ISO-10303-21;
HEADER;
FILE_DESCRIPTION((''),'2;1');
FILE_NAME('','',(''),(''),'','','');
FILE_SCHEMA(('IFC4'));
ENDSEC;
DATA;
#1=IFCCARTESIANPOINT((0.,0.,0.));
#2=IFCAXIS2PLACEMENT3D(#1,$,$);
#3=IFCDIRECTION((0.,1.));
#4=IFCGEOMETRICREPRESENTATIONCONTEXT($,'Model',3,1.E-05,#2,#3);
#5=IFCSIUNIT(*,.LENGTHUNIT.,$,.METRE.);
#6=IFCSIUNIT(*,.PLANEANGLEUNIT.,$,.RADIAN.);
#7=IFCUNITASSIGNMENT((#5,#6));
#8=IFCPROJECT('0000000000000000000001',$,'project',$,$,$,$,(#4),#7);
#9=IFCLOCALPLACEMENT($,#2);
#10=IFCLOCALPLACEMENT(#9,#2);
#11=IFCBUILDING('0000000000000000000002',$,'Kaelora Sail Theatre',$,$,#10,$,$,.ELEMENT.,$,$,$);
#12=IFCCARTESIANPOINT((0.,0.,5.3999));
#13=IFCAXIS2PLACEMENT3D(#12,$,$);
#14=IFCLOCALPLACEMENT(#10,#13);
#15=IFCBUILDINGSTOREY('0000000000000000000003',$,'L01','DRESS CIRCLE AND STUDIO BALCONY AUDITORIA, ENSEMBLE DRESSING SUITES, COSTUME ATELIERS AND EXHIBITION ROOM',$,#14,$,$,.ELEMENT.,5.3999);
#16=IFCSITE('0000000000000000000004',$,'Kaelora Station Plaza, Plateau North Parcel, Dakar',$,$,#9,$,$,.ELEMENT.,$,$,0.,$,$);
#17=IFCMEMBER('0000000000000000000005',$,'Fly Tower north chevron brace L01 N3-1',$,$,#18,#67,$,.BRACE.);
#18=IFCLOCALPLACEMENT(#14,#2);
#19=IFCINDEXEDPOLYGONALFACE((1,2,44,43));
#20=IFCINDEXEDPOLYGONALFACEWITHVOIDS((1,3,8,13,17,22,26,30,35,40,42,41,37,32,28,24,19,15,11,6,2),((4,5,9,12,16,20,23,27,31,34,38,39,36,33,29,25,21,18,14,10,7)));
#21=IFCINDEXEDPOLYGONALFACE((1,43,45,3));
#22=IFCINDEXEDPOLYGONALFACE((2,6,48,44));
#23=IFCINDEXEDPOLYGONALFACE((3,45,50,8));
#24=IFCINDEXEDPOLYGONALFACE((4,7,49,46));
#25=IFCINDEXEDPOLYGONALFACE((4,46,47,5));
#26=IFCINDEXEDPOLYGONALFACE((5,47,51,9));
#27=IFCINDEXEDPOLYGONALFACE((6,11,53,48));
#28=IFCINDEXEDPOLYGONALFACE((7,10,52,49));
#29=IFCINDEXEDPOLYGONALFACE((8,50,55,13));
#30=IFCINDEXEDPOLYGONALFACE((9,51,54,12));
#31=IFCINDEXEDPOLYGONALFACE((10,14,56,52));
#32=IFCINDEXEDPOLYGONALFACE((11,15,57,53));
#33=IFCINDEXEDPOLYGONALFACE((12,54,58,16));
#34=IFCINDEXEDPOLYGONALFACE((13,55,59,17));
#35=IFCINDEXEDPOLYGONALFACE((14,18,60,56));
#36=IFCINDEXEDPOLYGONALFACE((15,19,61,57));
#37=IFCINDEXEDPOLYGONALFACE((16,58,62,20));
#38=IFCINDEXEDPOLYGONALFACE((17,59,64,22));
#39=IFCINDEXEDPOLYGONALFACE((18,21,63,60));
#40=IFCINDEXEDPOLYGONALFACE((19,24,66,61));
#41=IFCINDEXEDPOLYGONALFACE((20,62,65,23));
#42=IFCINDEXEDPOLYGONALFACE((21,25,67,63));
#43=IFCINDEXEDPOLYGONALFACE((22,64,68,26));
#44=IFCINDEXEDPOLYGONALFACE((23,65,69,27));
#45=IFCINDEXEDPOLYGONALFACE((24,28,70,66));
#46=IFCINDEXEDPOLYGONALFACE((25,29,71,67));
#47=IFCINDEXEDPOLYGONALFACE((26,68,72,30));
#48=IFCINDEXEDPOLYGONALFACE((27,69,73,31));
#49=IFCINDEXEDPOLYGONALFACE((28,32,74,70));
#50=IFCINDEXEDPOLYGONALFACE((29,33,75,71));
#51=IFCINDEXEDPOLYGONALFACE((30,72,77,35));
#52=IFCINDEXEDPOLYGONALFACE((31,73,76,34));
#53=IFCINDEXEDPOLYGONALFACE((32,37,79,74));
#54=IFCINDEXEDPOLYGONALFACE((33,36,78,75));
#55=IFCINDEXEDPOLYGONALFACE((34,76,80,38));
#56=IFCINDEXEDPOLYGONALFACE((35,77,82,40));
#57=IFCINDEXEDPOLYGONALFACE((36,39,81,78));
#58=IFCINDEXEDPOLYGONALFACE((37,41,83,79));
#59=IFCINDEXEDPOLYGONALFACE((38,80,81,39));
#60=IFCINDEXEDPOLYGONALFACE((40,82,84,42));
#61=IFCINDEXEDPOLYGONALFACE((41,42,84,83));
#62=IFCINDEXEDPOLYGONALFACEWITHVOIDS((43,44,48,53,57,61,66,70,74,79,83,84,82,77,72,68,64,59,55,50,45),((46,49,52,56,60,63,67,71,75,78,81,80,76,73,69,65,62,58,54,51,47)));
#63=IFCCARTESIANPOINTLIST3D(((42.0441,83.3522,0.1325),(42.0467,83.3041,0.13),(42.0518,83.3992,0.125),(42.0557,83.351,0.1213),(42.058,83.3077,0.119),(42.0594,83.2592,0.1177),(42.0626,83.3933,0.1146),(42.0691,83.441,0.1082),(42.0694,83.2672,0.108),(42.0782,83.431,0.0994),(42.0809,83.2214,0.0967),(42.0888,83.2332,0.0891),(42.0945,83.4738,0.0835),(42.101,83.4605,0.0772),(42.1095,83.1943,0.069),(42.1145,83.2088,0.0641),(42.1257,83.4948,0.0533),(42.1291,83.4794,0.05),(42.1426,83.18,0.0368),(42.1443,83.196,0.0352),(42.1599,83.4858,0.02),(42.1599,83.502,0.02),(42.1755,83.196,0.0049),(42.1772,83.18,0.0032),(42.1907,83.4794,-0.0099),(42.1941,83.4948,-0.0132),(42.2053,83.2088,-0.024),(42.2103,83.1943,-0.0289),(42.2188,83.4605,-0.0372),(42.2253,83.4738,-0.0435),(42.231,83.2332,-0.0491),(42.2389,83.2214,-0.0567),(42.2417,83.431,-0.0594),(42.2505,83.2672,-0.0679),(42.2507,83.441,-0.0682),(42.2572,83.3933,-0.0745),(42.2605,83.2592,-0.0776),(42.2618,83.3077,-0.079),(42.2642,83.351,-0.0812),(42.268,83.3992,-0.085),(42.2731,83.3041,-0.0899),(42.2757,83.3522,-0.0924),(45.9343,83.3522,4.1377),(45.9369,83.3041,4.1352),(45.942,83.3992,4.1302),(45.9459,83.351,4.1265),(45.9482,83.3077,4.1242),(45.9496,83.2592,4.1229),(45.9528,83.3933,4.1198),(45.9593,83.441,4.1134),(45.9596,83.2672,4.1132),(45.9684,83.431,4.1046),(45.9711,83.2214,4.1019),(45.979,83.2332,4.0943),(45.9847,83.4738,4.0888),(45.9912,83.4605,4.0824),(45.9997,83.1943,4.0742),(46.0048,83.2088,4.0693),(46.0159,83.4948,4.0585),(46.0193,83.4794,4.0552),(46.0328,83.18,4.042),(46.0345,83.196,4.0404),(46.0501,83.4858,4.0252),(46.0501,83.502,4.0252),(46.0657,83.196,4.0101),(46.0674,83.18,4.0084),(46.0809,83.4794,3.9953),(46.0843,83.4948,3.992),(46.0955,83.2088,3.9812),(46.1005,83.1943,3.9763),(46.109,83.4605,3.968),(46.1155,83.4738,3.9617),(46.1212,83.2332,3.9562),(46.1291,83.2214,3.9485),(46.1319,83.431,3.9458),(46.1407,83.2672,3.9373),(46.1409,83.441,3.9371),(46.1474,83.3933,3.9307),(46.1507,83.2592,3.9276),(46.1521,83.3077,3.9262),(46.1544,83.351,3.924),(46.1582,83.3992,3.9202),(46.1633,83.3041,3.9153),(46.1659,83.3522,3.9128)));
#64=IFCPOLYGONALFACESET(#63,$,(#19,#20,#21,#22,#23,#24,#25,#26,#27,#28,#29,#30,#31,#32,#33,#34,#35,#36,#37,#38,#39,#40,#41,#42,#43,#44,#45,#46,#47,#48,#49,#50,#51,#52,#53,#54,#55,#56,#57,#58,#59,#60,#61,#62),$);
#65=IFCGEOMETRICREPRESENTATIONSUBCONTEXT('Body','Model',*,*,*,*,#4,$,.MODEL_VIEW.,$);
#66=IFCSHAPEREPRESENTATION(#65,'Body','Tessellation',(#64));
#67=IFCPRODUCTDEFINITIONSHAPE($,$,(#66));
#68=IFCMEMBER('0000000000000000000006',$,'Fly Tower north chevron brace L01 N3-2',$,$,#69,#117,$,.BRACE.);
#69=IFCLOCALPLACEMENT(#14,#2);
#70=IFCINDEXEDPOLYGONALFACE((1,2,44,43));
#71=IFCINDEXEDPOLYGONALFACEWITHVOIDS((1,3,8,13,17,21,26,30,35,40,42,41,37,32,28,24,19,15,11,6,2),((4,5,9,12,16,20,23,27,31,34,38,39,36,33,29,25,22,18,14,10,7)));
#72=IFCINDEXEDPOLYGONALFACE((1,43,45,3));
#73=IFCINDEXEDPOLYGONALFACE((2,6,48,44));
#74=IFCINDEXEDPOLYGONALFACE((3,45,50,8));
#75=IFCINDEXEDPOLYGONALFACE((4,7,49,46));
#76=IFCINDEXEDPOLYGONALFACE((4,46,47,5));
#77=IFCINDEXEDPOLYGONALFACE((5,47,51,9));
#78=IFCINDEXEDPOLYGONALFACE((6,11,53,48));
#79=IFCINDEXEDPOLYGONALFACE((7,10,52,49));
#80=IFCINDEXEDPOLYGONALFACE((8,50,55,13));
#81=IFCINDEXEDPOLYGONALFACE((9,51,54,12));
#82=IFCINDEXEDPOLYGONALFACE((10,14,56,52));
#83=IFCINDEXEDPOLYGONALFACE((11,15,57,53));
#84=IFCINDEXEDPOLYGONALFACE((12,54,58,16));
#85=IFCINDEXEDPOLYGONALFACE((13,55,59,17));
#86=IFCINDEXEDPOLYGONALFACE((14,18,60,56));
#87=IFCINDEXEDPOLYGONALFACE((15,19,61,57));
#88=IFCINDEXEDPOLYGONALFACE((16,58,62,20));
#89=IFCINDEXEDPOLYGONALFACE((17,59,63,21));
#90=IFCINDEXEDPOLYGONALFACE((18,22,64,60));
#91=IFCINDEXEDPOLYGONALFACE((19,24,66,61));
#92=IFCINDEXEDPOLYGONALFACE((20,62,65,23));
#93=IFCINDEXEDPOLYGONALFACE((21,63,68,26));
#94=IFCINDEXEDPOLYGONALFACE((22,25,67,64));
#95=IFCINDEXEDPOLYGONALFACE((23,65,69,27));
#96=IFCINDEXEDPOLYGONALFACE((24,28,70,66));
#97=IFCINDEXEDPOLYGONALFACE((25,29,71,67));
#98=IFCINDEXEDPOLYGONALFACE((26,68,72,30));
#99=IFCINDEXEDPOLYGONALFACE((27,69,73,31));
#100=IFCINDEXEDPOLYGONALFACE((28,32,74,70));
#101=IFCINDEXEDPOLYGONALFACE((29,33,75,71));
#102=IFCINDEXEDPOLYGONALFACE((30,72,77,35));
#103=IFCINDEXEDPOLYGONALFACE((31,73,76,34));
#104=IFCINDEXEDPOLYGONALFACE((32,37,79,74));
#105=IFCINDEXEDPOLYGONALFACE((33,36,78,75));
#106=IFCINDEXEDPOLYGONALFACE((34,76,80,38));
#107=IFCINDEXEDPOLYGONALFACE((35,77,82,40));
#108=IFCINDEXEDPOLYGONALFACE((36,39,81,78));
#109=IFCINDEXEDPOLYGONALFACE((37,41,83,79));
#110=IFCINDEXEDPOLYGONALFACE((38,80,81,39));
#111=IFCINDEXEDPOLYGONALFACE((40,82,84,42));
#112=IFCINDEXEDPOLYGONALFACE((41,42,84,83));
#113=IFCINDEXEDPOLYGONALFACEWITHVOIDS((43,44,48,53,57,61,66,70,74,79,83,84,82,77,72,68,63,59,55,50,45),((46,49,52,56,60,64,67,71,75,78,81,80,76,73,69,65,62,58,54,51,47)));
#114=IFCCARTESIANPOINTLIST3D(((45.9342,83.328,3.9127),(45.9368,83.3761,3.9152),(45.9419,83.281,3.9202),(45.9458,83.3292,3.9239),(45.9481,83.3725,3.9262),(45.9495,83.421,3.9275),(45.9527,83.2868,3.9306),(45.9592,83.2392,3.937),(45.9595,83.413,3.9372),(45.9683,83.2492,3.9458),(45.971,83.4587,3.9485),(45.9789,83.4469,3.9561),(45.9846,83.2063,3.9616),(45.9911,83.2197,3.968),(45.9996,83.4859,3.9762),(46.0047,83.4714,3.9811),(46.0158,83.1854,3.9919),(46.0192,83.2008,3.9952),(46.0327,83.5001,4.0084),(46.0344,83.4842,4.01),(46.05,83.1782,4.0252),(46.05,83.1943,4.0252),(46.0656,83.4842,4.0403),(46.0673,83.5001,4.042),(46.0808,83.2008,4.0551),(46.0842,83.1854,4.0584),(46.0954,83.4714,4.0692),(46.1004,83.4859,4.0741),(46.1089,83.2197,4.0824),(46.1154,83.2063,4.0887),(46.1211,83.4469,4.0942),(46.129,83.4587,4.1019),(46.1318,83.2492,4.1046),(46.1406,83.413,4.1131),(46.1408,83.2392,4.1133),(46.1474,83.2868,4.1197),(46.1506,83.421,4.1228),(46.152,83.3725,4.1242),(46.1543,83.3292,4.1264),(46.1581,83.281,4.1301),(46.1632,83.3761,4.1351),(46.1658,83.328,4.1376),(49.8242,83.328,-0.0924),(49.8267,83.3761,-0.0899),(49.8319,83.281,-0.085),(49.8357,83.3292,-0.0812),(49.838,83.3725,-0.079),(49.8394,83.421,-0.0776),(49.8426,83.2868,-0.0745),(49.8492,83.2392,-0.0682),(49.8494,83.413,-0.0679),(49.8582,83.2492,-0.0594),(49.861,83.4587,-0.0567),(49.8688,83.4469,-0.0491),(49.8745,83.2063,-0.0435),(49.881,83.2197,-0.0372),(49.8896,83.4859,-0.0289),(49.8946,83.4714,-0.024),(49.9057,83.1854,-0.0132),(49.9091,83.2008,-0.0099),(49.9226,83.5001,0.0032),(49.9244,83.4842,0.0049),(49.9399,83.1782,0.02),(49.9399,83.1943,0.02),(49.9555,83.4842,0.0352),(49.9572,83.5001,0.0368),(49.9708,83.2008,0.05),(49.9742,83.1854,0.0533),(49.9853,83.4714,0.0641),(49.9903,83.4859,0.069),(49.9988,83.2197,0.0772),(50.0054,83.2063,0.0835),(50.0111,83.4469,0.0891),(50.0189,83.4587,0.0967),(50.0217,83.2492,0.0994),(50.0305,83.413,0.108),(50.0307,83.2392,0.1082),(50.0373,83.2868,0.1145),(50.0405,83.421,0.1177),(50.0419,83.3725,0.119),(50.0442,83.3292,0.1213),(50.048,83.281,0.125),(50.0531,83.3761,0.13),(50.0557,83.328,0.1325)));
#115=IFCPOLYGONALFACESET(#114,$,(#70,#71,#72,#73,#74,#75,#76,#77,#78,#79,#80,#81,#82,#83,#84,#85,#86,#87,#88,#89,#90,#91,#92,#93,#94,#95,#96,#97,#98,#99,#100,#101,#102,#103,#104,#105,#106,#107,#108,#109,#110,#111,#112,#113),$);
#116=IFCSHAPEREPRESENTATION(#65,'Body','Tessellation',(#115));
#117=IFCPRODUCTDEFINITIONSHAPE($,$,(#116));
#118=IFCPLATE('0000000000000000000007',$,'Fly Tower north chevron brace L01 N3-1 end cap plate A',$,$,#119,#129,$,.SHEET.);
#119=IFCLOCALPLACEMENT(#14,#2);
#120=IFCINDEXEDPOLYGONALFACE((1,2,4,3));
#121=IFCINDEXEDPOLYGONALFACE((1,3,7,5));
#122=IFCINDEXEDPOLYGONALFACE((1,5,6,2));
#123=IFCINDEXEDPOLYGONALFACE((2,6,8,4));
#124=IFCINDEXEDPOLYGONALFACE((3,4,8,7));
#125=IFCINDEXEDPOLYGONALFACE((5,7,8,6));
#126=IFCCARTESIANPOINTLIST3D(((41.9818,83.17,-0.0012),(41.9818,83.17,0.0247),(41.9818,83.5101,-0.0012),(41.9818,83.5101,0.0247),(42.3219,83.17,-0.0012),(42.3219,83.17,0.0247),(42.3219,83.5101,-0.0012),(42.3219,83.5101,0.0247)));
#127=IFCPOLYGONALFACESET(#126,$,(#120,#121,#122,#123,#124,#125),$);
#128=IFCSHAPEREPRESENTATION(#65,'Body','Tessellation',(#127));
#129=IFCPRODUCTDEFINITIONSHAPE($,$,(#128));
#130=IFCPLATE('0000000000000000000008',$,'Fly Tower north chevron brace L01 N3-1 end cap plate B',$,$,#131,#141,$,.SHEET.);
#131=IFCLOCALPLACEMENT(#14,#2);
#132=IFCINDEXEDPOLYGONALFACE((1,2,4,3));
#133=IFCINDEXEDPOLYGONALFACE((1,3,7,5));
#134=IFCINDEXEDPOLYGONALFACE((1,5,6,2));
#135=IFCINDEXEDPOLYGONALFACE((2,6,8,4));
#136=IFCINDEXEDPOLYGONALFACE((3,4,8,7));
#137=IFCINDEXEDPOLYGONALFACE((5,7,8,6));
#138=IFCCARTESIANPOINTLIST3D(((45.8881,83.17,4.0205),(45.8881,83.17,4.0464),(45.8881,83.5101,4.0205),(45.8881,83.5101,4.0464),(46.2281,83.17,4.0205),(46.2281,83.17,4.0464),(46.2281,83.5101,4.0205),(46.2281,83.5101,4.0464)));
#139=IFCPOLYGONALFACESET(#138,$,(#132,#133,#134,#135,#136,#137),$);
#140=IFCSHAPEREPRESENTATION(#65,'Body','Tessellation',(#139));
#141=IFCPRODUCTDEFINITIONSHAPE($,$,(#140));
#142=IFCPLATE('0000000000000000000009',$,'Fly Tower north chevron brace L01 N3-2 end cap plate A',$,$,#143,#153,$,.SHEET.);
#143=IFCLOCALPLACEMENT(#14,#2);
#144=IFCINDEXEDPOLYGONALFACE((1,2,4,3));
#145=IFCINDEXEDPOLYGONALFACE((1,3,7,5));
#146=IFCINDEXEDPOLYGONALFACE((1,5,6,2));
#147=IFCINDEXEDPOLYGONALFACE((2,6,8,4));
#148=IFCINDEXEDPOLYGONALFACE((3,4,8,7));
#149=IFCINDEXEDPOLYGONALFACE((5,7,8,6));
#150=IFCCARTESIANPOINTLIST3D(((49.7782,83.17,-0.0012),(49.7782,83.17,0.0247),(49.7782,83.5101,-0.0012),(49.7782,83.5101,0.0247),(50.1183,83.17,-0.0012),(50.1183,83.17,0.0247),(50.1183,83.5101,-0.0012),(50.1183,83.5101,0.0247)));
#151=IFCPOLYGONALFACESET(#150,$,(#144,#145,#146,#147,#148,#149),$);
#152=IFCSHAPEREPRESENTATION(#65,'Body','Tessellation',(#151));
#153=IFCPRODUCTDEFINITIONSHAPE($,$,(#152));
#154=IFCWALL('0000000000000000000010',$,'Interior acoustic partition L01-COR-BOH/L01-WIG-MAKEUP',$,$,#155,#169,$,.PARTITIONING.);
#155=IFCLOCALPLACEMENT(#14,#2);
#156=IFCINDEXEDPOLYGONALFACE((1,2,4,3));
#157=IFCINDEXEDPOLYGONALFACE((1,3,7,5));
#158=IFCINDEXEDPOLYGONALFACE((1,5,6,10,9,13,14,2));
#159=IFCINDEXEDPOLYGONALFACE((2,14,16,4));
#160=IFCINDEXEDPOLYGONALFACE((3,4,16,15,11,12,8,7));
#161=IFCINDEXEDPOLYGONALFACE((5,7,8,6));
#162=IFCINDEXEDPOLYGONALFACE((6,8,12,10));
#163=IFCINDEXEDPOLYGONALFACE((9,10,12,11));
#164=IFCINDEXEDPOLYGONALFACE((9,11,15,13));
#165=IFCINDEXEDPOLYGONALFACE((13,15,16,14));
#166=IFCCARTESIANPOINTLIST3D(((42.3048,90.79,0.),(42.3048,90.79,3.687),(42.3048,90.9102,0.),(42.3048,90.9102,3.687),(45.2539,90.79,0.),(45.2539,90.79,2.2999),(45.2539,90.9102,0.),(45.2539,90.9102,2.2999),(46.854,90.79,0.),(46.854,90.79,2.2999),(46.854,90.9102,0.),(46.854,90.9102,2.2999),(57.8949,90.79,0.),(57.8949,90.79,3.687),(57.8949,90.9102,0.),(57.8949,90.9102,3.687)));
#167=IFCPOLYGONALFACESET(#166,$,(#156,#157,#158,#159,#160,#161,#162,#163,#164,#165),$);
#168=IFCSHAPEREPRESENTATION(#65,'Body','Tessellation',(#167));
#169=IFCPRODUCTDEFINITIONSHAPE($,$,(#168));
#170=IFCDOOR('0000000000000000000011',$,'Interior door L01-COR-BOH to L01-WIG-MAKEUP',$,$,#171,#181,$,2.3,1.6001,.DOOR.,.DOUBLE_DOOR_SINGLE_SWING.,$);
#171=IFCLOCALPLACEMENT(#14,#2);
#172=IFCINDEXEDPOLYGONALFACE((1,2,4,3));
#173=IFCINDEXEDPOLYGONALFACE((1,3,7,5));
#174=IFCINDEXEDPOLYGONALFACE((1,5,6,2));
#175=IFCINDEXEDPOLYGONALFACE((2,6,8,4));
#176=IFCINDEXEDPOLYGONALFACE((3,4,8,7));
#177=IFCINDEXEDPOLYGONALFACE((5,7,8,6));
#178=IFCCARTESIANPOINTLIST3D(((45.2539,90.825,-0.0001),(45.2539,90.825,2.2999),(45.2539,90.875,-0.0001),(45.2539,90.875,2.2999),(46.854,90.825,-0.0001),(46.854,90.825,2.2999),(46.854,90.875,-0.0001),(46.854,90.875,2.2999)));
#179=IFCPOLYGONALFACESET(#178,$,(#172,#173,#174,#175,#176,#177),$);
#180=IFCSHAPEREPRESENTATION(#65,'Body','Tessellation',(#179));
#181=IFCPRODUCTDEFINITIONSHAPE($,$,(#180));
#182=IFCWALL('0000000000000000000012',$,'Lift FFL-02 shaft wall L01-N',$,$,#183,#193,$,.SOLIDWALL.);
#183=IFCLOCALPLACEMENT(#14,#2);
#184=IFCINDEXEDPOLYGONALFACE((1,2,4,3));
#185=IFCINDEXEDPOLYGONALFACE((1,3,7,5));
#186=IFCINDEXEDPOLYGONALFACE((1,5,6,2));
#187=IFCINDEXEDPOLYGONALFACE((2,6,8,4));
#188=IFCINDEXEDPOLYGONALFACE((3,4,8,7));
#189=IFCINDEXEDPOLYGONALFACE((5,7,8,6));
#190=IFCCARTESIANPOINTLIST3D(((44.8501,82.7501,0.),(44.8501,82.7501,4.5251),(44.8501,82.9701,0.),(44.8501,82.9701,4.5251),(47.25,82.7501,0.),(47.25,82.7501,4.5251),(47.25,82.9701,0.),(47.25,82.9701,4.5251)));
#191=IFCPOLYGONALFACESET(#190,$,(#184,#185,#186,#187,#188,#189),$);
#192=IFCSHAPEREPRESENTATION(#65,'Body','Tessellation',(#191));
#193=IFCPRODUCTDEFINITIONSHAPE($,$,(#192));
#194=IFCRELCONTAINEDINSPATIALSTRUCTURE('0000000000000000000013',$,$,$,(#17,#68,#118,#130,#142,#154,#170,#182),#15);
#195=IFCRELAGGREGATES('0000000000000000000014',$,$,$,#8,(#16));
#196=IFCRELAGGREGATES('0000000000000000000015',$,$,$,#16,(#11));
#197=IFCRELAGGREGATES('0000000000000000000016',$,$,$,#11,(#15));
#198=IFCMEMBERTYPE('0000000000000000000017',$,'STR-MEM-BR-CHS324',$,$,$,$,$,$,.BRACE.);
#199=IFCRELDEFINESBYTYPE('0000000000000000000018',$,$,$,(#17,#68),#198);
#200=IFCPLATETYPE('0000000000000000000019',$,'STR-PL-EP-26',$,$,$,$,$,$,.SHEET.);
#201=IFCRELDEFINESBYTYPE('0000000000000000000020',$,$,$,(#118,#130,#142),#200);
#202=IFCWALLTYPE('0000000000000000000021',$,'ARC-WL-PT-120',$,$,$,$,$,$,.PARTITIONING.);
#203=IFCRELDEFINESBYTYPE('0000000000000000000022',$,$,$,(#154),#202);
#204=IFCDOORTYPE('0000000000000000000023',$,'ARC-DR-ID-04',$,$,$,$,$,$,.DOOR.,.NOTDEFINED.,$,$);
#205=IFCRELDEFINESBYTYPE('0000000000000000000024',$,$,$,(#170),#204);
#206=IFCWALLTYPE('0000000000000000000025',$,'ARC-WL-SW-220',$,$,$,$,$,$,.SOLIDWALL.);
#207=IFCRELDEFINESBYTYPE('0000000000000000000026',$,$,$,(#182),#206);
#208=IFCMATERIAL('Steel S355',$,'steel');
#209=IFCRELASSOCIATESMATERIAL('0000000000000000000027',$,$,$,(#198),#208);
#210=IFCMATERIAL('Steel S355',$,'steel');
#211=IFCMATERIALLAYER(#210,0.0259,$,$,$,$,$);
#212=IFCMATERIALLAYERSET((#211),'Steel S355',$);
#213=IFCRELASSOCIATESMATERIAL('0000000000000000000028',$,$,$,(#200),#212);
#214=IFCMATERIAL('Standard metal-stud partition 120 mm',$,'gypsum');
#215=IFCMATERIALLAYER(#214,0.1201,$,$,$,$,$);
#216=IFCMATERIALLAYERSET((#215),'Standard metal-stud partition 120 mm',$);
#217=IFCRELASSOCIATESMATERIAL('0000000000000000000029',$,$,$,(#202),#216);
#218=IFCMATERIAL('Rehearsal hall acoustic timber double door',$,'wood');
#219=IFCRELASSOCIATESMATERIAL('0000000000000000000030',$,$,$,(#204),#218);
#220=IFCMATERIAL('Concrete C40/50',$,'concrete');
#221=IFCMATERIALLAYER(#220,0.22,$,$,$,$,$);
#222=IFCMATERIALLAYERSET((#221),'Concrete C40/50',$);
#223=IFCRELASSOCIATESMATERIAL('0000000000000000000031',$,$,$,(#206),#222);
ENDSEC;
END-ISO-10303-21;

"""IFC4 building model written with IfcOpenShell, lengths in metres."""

from ifc_helpers import new_model, si_unit, direction, frame, frame_2d, origin, origin_2d, place, context, subcontext, project, spatial, rectangle, hollow_circle, extrude, material, layer, layer_set, material_profile, profile_set, type_object, element, fill, save


model = new_model("IFC4")

# Units and contexts
model_context = context("Model", 3, precision=1e-05, world=origin(), true_north=direction((0.0, 1.0)))
body_context = subcontext(model_context, "Body", "Model", "MODEL_VIEW")
ifc_project = project(units=[si_unit("LENGTHUNIT", "METRE"), si_unit("PLANEANGLEUNIT", "RADIAN")], contexts=[model_context])

# Site, building, storey
site_placement = place(None, origin())
site = spatial("IfcSite", under=ifc_project, at=site_placement, Name="Kaelora Station Plaza, Plateau North Parcel, Dakar", CompositionType="ELEMENT", RefElevation=0.0)
building_placement = place(site_placement, origin())
building = spatial("IfcBuilding", under=site, at=building_placement, Name="Kaelora Sail Theatre", CompositionType="ELEMENT")
storey_placement = place(building_placement, frame((0.0, 0.0, 5.3999)))
storey = spatial("IfcBuildingStorey", under=building, at=storey_placement, Name="L01", Description="DRESS CIRCLE AND STUDIO BALCONY AUDITORIA, ENSEMBLE DRESSING SUITES, COSTUME ATELIERS AND EXHIBITION ROOM", CompositionType="ELEMENT", Elevation=5.3999)

# Members
ifc_material_1 = material(Name="Steel S355", Category="steel")
ifc_material_profile_1 = material_profile(ifc_material_1, hollow_circle(Radius=0.1619, WallThickness=0.0161, at=origin_2d()), Name="CHS 323.9x16.0")
ifc_profile_set_1 = profile_set([ifc_material_profile_1], Name="Steel S355")
member_type = type_object("IfcMemberType", Name="STR-MEM-BR-CHS324", PredefinedType="BRACE", material=ifc_profile_set_1)
member_1_placement = place(storey_placement, frame((42.1599, 83.3401, 0.02), z_axis=(0.696734, 0.0, 0.717329), x_axis=(0.0, 1.0, 0.0)))
element("IfcMember", 1, at=member_1_placement, inside=storey, type_object=member_type, Name="Fly Tower north chevron brace L01 N3-1", PredefinedType="BRACE", context=body_context, shape_type="SweptSolid", body=[
    extrude(hollow_circle(Radius=0.1619, WallThickness=0.0161, at=origin_2d()), origin(), (0.0, 0.0, 1.0), 5.5835),
])
member_2_placement = place(storey_placement, frame((49.9399, 83.3401, 0.02), z_axis=(-0.696712, 0.0, 0.717351), x_axis=(0.0, -1.0, 0.0)))
element("IfcMember", 2, at=member_2_placement, inside=storey, type_object=member_type, Name="Fly Tower north chevron brace L01 N3-2", PredefinedType="BRACE", context=body_context, shape_type="SweptSolid", body=[
    extrude(hollow_circle(Radius=0.1619, WallThickness=0.0161, at=origin_2d()), origin(), (0.0, 0.0, 1.0), 5.5833),
])

# Plates
ifc_material_2 = material(Name="Steel S355", Category="steel")
ifc_layer_1 = layer(ifc_material_2, 0.0259)
ifc_layer_set_1 = layer_set([ifc_layer_1], Name="Steel S355")
plate_type = type_object("IfcPlateType", Name="STR-PL-EP-26", PredefinedType="SHEET", material=ifc_layer_set_1)
for number, where, z_axis, x_axis, name in (
    (3, (42.1519, 83.3401, -0.0012), (0.0, 0.0, 1.0), (1.0, 0.0, 0.0), "Fly Tower north chevron brace L01 N3-1 end cap plate A"),
    (4, (46.0581, 83.3401, 4.0205), (0.0, 0.0, 1.0), (1.0, 0.0, 0.0), "Fly Tower north chevron brace L01 N3-1 end cap plate B"),
    (5, (49.9482, 83.3401, -0.0012), (0.0, 0.0, 1.0), (1.0, 0.0, 0.0), "Fly Tower north chevron brace L01 N3-2 end cap plate A"),
):
    element("IfcPlate", number, at=place(storey_placement, frame(where, z_axis=z_axis, x_axis=x_axis)), inside=storey, type_object=plate_type, Name=name, PredefinedType="SHEET", context=body_context, shape_type="SweptSolid", body=[
        extrude(rectangle(XDim=0.3401, YDim=0.3401, at=origin_2d()), origin(), (0.0, 0.0, 1.0), 0.0259),
    ])

# Wall, opening, door
ifc_material_3 = material(Name="Standard metal-stud partition 120 mm", Category="gypsum")
ifc_layer_2 = layer(ifc_material_3, 0.1201)
ifc_layer_set_2 = layer_set([ifc_layer_2], Name="Standard metal-stud partition 120 mm")
wall_type_1 = type_object("IfcWallType", Name="ARC-WL-PT-120", PredefinedType="PARTITIONING", material=ifc_layer_set_2)
wall_1_placement = place(storey_placement, frame((42.3049, 90.8501, 0.0), z_axis=(0.0, 0.0, 1.0), x_axis=(1.0, 0.0, 0.0)))
wall_1 = element("IfcWall", 6, at=wall_1_placement, inside=storey, type_object=wall_type_1, Name="Interior acoustic partition L01-COR-BOH/L01-WIG-MAKEUP", PredefinedType="PARTITIONING", context=body_context, shape_type="SweptSolid", body=[
    extrude(rectangle(XDim=15.5901, YDim=0.1201, at=frame_2d((7.7949, 0.0))), origin(), (0.0, 0.0, 1.0), 3.687),
])
opening_placement = place(wall_1_placement, frame((2.949, 0.0, 0.0)))
opening = element("IfcOpeningElement", 7, at=opening_placement, cuts=wall_1, PredefinedType="OPENING", context=body_context, shape_type="SweptSolid", body=[
    extrude(rectangle(XDim=1.6001, YDim=2.3, at=frame_2d((0.8, 1.1499))), frame((0.0, 0.0701, 0.0), z_axis=(0.0, -1.0, 0.0), x_axis=(1.0, 0.0, 0.0)), (0.0, 0.0, 1.0), 0.1401),
])
ifc_material_4 = material(Name="Rehearsal hall acoustic timber double door", Category="wood")
door_type = type_object("IfcDoorType", Name="ARC-DR-ID-04", OperationType="NOTDEFINED", PredefinedType="DOOR", material=ifc_material_4)
door_placement = place(opening_placement, origin())
door = element("IfcDoor", 8, at=door_placement, inside=storey, type_object=door_type, Name="Interior door L01-COR-BOH to L01-WIG-MAKEUP", OperationType="DOUBLE_DOOR_SINGLE_SWING", OverallHeight=2.3, OverallWidth=1.6001, PredefinedType="DOOR", context=body_context, shape_type="SweptSolid", body=[
    extrude(rectangle(XDim=1.6001, YDim=2.3, at=frame_2d((0.8, 1.1499))), frame((0.0, 0.0249, 0.0), z_axis=(0.0, -1.0, 0.0), x_axis=(1.0, 0.0, 0.0)), (0.0, 0.0, 1.0), 0.05),
])
fill(opening, door)

# Wall
ifc_material_5 = material(Name="Concrete C40/50", Category="concrete")
ifc_layer_3 = layer(ifc_material_5, 0.22)
ifc_layer_set_3 = layer_set([ifc_layer_3], Name="Concrete C40/50")
wall_type_2 = type_object("IfcWallType", Name="ARC-WL-SW-220", PredefinedType="SOLIDWALL", material=ifc_layer_set_3)
wall_2_placement = place(storey_placement, frame((44.8501, 82.8601, 0.0), z_axis=(0.0, 0.0, 1.0), x_axis=(1.0, 0.0, 0.0)))
element("IfcWall", 9, at=wall_2_placement, inside=storey, type_object=wall_type_2, Name="Lift FFL-02 shaft wall L01-N", PredefinedType="SOLIDWALL", context=body_context, shape_type="SweptSolid", body=[
    extrude(rectangle(XDim=2.3999, YDim=0.22, at=frame_2d((1.2, 0.0))), origin(), (0.0, 0.0, 1.0), 4.5251),
])

save(model, "model.ifc")
